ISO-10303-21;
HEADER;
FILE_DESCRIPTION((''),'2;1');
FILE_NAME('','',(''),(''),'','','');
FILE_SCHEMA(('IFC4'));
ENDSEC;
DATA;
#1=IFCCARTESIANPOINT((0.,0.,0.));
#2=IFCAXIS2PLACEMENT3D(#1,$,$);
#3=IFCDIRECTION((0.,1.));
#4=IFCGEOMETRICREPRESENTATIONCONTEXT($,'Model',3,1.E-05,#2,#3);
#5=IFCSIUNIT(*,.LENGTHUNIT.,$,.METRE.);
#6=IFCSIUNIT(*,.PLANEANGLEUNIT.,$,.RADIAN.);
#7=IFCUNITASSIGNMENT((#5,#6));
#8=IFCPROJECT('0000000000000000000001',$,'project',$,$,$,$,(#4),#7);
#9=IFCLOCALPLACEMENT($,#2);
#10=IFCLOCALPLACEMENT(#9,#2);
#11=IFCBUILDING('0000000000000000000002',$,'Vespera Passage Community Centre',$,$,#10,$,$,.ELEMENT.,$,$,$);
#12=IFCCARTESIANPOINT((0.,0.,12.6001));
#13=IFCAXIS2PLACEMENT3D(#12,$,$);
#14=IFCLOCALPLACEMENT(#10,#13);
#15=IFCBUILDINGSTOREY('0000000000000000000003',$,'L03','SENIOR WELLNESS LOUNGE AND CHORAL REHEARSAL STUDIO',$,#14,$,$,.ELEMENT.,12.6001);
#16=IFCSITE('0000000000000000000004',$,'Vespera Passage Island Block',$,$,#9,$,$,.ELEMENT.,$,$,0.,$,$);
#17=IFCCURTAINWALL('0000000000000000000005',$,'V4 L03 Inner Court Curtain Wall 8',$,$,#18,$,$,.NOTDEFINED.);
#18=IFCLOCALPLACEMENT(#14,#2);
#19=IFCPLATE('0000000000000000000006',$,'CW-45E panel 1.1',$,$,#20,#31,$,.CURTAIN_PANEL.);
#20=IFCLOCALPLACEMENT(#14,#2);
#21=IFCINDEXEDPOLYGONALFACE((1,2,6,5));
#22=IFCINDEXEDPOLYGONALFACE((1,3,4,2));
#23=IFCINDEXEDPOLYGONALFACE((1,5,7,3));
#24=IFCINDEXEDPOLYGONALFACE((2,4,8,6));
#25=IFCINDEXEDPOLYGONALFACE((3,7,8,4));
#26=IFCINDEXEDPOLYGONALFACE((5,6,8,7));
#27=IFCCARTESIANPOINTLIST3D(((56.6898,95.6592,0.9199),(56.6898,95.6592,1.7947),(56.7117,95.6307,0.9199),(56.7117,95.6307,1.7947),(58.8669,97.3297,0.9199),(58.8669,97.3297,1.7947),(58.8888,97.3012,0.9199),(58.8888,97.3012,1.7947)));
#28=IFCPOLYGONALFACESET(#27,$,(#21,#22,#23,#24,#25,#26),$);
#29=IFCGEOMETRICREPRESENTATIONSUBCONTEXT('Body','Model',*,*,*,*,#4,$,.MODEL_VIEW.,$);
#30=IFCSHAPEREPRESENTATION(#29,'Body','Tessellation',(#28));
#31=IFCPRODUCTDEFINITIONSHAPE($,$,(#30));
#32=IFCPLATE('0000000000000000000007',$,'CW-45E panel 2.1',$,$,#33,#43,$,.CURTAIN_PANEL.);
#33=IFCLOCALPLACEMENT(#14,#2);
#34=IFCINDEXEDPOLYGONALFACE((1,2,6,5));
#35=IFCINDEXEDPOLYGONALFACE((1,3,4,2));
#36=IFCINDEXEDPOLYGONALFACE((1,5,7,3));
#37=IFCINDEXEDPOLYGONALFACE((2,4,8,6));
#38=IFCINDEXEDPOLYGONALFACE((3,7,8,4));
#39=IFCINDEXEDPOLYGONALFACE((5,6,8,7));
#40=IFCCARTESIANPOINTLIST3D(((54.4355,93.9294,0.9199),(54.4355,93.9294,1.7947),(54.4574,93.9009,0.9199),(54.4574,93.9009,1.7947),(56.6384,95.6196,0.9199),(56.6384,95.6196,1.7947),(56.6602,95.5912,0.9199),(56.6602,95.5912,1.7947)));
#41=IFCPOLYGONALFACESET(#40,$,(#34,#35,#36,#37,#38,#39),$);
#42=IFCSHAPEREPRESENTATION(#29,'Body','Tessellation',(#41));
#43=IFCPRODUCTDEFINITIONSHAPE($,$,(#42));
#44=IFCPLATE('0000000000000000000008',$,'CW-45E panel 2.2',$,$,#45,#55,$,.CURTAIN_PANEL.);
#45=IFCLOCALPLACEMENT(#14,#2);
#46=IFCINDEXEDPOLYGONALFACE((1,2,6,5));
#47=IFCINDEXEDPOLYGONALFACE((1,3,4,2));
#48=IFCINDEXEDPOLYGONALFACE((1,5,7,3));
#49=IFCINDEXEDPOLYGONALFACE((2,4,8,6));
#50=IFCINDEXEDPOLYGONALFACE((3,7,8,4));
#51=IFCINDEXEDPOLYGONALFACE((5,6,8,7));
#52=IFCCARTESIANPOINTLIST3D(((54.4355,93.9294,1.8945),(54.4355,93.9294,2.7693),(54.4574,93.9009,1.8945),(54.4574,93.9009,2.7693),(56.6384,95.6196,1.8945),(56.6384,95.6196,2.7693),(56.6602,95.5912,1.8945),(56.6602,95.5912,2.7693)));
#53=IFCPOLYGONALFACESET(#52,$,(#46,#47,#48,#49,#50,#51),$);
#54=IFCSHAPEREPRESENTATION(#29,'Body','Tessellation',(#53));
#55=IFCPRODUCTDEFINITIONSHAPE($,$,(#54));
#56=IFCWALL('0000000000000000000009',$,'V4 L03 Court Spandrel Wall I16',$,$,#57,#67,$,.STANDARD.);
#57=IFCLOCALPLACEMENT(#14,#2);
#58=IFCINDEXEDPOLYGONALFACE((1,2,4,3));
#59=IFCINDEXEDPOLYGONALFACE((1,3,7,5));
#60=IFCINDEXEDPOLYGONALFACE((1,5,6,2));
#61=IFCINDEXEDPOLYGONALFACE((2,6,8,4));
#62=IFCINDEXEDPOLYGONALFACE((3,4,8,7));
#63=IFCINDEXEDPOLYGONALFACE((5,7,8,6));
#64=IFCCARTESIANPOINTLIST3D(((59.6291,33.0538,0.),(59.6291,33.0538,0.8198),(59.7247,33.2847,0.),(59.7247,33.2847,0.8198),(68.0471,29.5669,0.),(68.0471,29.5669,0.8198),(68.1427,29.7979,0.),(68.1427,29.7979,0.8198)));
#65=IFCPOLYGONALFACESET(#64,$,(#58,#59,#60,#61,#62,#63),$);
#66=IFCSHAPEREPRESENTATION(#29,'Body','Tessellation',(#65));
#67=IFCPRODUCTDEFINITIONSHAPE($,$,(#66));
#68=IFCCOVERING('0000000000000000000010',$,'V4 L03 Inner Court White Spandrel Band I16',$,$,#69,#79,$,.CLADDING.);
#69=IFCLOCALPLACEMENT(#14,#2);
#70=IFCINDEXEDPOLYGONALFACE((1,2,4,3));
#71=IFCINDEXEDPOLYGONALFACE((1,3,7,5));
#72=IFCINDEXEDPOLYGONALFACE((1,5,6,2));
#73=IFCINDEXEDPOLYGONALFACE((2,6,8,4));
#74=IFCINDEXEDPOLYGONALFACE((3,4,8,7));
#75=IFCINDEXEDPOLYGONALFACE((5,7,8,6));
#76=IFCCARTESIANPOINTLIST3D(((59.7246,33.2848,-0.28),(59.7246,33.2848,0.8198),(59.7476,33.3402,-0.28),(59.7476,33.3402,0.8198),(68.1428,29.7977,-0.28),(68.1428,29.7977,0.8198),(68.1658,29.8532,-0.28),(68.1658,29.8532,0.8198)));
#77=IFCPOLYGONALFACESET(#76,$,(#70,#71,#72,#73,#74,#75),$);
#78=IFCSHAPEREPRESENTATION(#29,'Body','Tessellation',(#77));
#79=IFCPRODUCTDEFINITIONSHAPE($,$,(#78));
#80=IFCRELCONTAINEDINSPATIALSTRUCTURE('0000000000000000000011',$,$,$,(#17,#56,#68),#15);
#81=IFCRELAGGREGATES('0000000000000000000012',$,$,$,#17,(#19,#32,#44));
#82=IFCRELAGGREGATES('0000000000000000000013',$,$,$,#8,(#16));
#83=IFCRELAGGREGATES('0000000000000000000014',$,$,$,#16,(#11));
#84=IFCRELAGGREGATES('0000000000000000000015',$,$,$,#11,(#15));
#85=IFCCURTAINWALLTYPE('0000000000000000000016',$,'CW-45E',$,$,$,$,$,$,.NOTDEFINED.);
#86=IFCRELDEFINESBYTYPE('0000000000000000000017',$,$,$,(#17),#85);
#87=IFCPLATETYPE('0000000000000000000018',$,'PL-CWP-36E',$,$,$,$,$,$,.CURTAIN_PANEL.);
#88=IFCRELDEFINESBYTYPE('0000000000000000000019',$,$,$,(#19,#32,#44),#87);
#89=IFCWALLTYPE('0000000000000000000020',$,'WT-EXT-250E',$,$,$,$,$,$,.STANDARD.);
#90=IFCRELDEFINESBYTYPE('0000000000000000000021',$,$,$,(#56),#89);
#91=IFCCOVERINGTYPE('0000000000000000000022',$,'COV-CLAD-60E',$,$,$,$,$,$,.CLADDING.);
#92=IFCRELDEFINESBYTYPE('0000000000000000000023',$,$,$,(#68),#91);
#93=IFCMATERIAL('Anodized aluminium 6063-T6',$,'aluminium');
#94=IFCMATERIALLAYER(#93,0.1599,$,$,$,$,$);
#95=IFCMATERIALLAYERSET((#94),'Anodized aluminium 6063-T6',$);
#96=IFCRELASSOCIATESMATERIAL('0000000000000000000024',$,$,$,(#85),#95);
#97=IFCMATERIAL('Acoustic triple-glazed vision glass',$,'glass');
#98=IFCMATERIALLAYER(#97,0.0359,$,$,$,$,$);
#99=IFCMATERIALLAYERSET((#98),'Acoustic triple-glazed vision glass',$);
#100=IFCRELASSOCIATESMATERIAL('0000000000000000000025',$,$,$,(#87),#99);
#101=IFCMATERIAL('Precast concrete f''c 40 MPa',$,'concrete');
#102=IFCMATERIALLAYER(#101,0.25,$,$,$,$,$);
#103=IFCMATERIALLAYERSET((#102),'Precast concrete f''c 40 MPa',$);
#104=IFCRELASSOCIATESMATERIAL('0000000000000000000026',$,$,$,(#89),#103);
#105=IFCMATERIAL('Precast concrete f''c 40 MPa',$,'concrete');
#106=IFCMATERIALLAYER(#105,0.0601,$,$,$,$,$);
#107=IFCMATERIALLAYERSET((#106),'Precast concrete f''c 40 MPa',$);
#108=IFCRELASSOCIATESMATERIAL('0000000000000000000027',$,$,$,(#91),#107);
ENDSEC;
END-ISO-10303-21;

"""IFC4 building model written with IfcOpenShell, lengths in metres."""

from ifc_helpers import new_model, si_unit, direction, frame, frame_2d, origin, origin_2d, place, context, subcontext, project, spatial, rectangle, extrude, material, layer, layer_set, type_object, element, aggregate, save


model = new_model("IFC4")

# Units and contexts
model_context = context("Model", 3, precision=1e-05, world=origin(), true_north=direction((0.0, 1.0)))
body_context = subcontext(model_context, "Body", "Model", "MODEL_VIEW")
ifc_project = project(units=[si_unit("LENGTHUNIT", "METRE"), si_unit("PLANEANGLEUNIT", "RADIAN")], contexts=[model_context])

# Site, building, storey
site_placement = place(None, origin())
site = spatial("IfcSite", under=ifc_project, at=site_placement, Name="Vespera Passage Island Block", CompositionType="ELEMENT", RefElevation=0.0)
building_placement = place(site_placement, origin())
building = spatial("IfcBuilding", under=site, at=building_placement, Name="Vespera Passage Community Centre", CompositionType="ELEMENT")
storey_placement = place(building_placement, frame((0.0, 0.0, 12.6001)))
storey = spatial("IfcBuildingStorey", under=building, at=storey_placement, Name="L03", Description="SENIOR WELLNESS LOUNGE AND CHORAL REHEARSAL STUDIO", CompositionType="ELEMENT", Elevation=12.6001)

# Curtain wall
ifc_material_1 = material(Name="Anodized aluminium 6063-T6", Category="aluminium")
ifc_layer_1 = layer(ifc_material_1, 0.1599)
ifc_layer_set_1 = layer_set([ifc_layer_1], Name="Anodized aluminium 6063-T6")
curtain_wall_type_1 = type_object("IfcCurtainWallType", Name="CW-45E", PredefinedType="NOTDEFINED", material=ifc_layer_set_1)
curtain_wall_1_placement = place(storey_placement, origin())
curtain_wall_1 = element("IfcCurtainWall", 1, at=curtain_wall_1_placement, inside=storey, type_object=curtain_wall_type_1, Name="V4 L03 Inner Court Curtain Wall 8", PredefinedType="NOTDEFINED")

# Plates
ifc_material_2 = material(Name="Acoustic triple-glazed vision glass", Category="glass")
ifc_layer_2 = layer(ifc_material_2, 0.0359)
ifc_layer_set_2 = layer_set([ifc_layer_2], Name="Acoustic triple-glazed vision glass")
plate_type_1 = type_object("IfcPlateType", Name="PL-CWP-36E", PredefinedType="CURTAIN_PANEL", material=ifc_layer_set_2)
plate_1_placement = place(storey_placement, frame((57.7893, 96.4802, 0.9199), z_axis=(0.0, 0.0, 1.0), x_axis=(-0.793358, -0.608755, 0.0)))
plate_1 = element("IfcPlate", 2, at=plate_1_placement, type_object=plate_type_1, Name="CW-45E panel 1.1", PredefinedType="CURTAIN_PANEL", context=body_context, shape_type="SweptSolid", body=[
    extrude(rectangle(XDim=2.7441, YDim=0.0359, at=origin_2d()), origin(), (0.0, 0.0, 1.0), 0.8748),
])
plate_2_placement = place(storey_placement, frame((55.5479, 94.7603, 0.9199), z_axis=(0.0, 0.0, 1.0), x_axis=(-0.793358, -0.608755, 0.0)))
plate_2 = element("IfcPlate", 3, at=plate_2_placement, type_object=plate_type_1, Name="CW-45E panel 2.1", PredefinedType="CURTAIN_PANEL", context=body_context, shape_type="SweptSolid", body=[
    extrude(rectangle(XDim=2.7766, YDim=0.0359, at=origin_2d()), origin(), (0.0, 0.0, 1.0), 0.8748),
])
plate_3_placement = place(storey_placement, frame((55.5479, 94.7603, 1.8945), z_axis=(0.0, 0.0, 1.0), x_axis=(-0.793358, -0.608755, 0.0)))
plate_3 = element("IfcPlate", 4, at=plate_3_placement, type_object=plate_type_1, Name="CW-45E panel 2.2", PredefinedType="CURTAIN_PANEL", context=body_context, shape_type="SweptSolid", body=[
    extrude(rectangle(XDim=2.7766, YDim=0.0359, at=origin_2d()), origin(), (0.0, 0.0, 1.0), 0.8748),
])
aggregate(curtain_wall_1, [plate_1, plate_2, plate_3])

# Wall
ifc_material_3 = material(Name="Precast concrete f'c 40 MPa", Category="concrete")
ifc_layer_3 = layer(ifc_material_3, 0.25)
ifc_layer_set_3 = layer_set([ifc_layer_3], Name="Precast concrete f'c 40 MPa")
wall_type = type_object("IfcWallType", Name="WT-EXT-250E", PredefinedType="STANDARD", material=ifc_layer_set_3)
wall_placement = place(storey_placement, frame((59.677, 33.1692, 0.0), z_axis=(0.0, 0.0, 1.0), x_axis=(0.92388, -0.382682, 0.0)))
element("IfcWall", 5, at=wall_placement, inside=storey, type_object=wall_type, Name="V4 L03 Court Spandrel Wall I16", PredefinedType="STANDARD", context=body_context, shape_type="SweptSolid", body=[
    extrude(rectangle(XDim=9.1116, YDim=0.25, at=frame_2d((4.5557, 0.0))), origin(), (0.0, 0.0, 1.0), 0.8198),
])

# Covering
ifc_material_4 = material(Name="Precast concrete f'c 40 MPa", Category="concrete")
ifc_layer_4 = layer(ifc_material_4, 0.0601)
ifc_layer_set_4 = layer_set([ifc_layer_4], Name="Precast concrete f'c 40 MPa")
covering_type = type_object("IfcCoveringType", Name="COV-CLAD-60E", PredefinedType="CLADDING", material=ifc_layer_set_4)
covering_placement = place(storey_placement, frame((59.7361, 33.3125, -0.28), z_axis=(0.0, 0.0, 1.0), x_axis=(0.923875, -0.382695, 0.0)))
element("IfcCovering", 6, at=covering_placement, inside=storey, type_object=covering_type, Name="V4 L03 Inner Court White Spandrel Band I16", PredefinedType="CLADDING", context=body_context, shape_type="SweptSolid", body=[
    extrude(rectangle(XDim=9.1118, YDim=0.0601, at=frame_2d((4.5559, 0.0))), origin(), (0.0, 0.0, 1.0), 1.0999),
])

save(model, "model.ifc")
